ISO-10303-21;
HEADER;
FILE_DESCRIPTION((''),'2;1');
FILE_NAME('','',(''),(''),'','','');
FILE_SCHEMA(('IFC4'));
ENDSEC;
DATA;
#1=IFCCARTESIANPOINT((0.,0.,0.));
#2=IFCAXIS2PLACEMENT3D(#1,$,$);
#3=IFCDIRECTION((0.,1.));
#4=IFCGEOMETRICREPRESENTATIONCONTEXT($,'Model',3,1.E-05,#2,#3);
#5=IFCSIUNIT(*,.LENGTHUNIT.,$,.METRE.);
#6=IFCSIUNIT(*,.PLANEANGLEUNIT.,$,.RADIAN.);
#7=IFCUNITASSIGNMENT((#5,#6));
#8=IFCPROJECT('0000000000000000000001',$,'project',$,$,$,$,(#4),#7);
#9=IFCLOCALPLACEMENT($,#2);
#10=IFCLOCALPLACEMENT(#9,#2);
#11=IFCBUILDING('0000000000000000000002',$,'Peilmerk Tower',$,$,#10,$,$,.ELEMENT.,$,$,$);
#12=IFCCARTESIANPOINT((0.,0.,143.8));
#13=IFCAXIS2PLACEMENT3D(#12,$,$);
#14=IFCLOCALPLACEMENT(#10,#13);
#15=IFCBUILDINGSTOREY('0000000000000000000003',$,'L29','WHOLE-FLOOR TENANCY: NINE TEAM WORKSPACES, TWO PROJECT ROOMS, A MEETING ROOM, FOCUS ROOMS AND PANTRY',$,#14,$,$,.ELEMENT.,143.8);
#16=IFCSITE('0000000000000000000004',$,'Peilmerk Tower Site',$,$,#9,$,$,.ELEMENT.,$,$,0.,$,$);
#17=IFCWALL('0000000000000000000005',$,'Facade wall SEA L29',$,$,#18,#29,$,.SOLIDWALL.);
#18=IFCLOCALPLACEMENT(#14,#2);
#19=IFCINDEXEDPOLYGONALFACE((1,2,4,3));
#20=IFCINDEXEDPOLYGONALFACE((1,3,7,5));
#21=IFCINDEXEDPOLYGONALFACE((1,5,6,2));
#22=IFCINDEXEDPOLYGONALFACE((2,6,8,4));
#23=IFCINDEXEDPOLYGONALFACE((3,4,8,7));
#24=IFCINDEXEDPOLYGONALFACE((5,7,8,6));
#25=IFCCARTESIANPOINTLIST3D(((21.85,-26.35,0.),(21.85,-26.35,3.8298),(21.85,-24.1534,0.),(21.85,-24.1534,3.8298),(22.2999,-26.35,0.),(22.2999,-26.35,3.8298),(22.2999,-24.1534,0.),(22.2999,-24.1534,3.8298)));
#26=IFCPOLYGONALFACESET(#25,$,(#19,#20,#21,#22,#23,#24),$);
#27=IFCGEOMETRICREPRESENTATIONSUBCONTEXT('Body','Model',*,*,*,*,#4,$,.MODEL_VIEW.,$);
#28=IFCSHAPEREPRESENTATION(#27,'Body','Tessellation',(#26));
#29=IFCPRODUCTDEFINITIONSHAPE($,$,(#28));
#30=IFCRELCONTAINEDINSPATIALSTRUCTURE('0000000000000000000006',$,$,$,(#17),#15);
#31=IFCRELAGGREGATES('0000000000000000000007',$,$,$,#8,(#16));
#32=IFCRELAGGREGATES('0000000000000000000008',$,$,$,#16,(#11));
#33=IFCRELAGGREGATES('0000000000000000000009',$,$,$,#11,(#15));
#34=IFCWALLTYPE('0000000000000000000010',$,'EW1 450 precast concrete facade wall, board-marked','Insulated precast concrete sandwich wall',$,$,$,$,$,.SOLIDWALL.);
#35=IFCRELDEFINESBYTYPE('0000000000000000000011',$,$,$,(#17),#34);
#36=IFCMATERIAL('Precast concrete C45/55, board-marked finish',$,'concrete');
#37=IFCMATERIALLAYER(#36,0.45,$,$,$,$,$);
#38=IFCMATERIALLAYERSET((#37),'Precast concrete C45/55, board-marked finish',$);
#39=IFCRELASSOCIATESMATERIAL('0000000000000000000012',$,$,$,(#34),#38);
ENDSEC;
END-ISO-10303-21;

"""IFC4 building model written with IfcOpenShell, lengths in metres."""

from ifc_helpers import new_model, si_unit, direction, frame, frame_2d, origin, place, context, subcontext, project, spatial, rectangle, extrude, material, layer, layer_set, type_object, element, save


model = new_model("IFC4")

# Units and contexts
model_context = context("Model", 3, precision=1e-05, world=origin(), true_north=direction((0.0, 1.0)))
body_context = subcontext(model_context, "Body", "Model", "MODEL_VIEW")
ifc_project = project(units=[si_unit("LENGTHUNIT", "METRE"), si_unit("PLANEANGLEUNIT", "RADIAN")], contexts=[model_context])

# Site, building, storey
site_placement = place(None, origin())
site = spatial("IfcSite", under=ifc_project, at=site_placement, Name="Peilmerk Tower Site", CompositionType="ELEMENT", RefElevation=0.0)
building_placement = place(site_placement, origin())
building = spatial("IfcBuilding", under=site, at=building_placement, Name="Peilmerk Tower", CompositionType="ELEMENT")
storey_placement = place(building_placement, frame((0.0, 0.0, 143.8)))
storey = spatial("IfcBuildingStorey", under=building, at=storey_placement, Name="L29", Description="WHOLE-FLOOR TENANCY: NINE TEAM WORKSPACES, TWO PROJECT ROOMS, A MEETING ROOM, FOCUS ROOMS AND PANTRY", CompositionType="ELEMENT", Elevation=143.8)

# Wall
ifc_material_1 = material(Name="Precast concrete C45/55, board-marked finish", Category="concrete")
ifc_layer_1 = layer(ifc_material_1, 0.45)
ifc_layer_set_1 = layer_set([ifc_layer_1], Name="Precast concrete C45/55, board-marked finish")
wall_type = type_object("IfcWallType", Name="EW1 450 precast concrete facade wall, board-marked", Description="Insulated precast concrete sandwich wall", PredefinedType="SOLIDWALL", material=ifc_layer_set_1)
wall_placement = place(storey_placement, frame((22.075, -24.1536, 0.0), z_axis=(0.0, 0.0, 1.0), x_axis=(0.0, -1.0, 0.0)))
element("IfcWall", 1, at=wall_placement, inside=storey, type_object=wall_type, Name="Facade wall SEA L29", PredefinedType="SOLIDWALL", context=body_context, shape_type="SweptSolid", body=[
    extrude(rectangle(XDim=2.1965, YDim=0.45, at=frame_2d((1.0981, 0.0))), origin(), (0.0, 0.0, 1.0), 3.8298),
])

save(model, "model.ifc")
